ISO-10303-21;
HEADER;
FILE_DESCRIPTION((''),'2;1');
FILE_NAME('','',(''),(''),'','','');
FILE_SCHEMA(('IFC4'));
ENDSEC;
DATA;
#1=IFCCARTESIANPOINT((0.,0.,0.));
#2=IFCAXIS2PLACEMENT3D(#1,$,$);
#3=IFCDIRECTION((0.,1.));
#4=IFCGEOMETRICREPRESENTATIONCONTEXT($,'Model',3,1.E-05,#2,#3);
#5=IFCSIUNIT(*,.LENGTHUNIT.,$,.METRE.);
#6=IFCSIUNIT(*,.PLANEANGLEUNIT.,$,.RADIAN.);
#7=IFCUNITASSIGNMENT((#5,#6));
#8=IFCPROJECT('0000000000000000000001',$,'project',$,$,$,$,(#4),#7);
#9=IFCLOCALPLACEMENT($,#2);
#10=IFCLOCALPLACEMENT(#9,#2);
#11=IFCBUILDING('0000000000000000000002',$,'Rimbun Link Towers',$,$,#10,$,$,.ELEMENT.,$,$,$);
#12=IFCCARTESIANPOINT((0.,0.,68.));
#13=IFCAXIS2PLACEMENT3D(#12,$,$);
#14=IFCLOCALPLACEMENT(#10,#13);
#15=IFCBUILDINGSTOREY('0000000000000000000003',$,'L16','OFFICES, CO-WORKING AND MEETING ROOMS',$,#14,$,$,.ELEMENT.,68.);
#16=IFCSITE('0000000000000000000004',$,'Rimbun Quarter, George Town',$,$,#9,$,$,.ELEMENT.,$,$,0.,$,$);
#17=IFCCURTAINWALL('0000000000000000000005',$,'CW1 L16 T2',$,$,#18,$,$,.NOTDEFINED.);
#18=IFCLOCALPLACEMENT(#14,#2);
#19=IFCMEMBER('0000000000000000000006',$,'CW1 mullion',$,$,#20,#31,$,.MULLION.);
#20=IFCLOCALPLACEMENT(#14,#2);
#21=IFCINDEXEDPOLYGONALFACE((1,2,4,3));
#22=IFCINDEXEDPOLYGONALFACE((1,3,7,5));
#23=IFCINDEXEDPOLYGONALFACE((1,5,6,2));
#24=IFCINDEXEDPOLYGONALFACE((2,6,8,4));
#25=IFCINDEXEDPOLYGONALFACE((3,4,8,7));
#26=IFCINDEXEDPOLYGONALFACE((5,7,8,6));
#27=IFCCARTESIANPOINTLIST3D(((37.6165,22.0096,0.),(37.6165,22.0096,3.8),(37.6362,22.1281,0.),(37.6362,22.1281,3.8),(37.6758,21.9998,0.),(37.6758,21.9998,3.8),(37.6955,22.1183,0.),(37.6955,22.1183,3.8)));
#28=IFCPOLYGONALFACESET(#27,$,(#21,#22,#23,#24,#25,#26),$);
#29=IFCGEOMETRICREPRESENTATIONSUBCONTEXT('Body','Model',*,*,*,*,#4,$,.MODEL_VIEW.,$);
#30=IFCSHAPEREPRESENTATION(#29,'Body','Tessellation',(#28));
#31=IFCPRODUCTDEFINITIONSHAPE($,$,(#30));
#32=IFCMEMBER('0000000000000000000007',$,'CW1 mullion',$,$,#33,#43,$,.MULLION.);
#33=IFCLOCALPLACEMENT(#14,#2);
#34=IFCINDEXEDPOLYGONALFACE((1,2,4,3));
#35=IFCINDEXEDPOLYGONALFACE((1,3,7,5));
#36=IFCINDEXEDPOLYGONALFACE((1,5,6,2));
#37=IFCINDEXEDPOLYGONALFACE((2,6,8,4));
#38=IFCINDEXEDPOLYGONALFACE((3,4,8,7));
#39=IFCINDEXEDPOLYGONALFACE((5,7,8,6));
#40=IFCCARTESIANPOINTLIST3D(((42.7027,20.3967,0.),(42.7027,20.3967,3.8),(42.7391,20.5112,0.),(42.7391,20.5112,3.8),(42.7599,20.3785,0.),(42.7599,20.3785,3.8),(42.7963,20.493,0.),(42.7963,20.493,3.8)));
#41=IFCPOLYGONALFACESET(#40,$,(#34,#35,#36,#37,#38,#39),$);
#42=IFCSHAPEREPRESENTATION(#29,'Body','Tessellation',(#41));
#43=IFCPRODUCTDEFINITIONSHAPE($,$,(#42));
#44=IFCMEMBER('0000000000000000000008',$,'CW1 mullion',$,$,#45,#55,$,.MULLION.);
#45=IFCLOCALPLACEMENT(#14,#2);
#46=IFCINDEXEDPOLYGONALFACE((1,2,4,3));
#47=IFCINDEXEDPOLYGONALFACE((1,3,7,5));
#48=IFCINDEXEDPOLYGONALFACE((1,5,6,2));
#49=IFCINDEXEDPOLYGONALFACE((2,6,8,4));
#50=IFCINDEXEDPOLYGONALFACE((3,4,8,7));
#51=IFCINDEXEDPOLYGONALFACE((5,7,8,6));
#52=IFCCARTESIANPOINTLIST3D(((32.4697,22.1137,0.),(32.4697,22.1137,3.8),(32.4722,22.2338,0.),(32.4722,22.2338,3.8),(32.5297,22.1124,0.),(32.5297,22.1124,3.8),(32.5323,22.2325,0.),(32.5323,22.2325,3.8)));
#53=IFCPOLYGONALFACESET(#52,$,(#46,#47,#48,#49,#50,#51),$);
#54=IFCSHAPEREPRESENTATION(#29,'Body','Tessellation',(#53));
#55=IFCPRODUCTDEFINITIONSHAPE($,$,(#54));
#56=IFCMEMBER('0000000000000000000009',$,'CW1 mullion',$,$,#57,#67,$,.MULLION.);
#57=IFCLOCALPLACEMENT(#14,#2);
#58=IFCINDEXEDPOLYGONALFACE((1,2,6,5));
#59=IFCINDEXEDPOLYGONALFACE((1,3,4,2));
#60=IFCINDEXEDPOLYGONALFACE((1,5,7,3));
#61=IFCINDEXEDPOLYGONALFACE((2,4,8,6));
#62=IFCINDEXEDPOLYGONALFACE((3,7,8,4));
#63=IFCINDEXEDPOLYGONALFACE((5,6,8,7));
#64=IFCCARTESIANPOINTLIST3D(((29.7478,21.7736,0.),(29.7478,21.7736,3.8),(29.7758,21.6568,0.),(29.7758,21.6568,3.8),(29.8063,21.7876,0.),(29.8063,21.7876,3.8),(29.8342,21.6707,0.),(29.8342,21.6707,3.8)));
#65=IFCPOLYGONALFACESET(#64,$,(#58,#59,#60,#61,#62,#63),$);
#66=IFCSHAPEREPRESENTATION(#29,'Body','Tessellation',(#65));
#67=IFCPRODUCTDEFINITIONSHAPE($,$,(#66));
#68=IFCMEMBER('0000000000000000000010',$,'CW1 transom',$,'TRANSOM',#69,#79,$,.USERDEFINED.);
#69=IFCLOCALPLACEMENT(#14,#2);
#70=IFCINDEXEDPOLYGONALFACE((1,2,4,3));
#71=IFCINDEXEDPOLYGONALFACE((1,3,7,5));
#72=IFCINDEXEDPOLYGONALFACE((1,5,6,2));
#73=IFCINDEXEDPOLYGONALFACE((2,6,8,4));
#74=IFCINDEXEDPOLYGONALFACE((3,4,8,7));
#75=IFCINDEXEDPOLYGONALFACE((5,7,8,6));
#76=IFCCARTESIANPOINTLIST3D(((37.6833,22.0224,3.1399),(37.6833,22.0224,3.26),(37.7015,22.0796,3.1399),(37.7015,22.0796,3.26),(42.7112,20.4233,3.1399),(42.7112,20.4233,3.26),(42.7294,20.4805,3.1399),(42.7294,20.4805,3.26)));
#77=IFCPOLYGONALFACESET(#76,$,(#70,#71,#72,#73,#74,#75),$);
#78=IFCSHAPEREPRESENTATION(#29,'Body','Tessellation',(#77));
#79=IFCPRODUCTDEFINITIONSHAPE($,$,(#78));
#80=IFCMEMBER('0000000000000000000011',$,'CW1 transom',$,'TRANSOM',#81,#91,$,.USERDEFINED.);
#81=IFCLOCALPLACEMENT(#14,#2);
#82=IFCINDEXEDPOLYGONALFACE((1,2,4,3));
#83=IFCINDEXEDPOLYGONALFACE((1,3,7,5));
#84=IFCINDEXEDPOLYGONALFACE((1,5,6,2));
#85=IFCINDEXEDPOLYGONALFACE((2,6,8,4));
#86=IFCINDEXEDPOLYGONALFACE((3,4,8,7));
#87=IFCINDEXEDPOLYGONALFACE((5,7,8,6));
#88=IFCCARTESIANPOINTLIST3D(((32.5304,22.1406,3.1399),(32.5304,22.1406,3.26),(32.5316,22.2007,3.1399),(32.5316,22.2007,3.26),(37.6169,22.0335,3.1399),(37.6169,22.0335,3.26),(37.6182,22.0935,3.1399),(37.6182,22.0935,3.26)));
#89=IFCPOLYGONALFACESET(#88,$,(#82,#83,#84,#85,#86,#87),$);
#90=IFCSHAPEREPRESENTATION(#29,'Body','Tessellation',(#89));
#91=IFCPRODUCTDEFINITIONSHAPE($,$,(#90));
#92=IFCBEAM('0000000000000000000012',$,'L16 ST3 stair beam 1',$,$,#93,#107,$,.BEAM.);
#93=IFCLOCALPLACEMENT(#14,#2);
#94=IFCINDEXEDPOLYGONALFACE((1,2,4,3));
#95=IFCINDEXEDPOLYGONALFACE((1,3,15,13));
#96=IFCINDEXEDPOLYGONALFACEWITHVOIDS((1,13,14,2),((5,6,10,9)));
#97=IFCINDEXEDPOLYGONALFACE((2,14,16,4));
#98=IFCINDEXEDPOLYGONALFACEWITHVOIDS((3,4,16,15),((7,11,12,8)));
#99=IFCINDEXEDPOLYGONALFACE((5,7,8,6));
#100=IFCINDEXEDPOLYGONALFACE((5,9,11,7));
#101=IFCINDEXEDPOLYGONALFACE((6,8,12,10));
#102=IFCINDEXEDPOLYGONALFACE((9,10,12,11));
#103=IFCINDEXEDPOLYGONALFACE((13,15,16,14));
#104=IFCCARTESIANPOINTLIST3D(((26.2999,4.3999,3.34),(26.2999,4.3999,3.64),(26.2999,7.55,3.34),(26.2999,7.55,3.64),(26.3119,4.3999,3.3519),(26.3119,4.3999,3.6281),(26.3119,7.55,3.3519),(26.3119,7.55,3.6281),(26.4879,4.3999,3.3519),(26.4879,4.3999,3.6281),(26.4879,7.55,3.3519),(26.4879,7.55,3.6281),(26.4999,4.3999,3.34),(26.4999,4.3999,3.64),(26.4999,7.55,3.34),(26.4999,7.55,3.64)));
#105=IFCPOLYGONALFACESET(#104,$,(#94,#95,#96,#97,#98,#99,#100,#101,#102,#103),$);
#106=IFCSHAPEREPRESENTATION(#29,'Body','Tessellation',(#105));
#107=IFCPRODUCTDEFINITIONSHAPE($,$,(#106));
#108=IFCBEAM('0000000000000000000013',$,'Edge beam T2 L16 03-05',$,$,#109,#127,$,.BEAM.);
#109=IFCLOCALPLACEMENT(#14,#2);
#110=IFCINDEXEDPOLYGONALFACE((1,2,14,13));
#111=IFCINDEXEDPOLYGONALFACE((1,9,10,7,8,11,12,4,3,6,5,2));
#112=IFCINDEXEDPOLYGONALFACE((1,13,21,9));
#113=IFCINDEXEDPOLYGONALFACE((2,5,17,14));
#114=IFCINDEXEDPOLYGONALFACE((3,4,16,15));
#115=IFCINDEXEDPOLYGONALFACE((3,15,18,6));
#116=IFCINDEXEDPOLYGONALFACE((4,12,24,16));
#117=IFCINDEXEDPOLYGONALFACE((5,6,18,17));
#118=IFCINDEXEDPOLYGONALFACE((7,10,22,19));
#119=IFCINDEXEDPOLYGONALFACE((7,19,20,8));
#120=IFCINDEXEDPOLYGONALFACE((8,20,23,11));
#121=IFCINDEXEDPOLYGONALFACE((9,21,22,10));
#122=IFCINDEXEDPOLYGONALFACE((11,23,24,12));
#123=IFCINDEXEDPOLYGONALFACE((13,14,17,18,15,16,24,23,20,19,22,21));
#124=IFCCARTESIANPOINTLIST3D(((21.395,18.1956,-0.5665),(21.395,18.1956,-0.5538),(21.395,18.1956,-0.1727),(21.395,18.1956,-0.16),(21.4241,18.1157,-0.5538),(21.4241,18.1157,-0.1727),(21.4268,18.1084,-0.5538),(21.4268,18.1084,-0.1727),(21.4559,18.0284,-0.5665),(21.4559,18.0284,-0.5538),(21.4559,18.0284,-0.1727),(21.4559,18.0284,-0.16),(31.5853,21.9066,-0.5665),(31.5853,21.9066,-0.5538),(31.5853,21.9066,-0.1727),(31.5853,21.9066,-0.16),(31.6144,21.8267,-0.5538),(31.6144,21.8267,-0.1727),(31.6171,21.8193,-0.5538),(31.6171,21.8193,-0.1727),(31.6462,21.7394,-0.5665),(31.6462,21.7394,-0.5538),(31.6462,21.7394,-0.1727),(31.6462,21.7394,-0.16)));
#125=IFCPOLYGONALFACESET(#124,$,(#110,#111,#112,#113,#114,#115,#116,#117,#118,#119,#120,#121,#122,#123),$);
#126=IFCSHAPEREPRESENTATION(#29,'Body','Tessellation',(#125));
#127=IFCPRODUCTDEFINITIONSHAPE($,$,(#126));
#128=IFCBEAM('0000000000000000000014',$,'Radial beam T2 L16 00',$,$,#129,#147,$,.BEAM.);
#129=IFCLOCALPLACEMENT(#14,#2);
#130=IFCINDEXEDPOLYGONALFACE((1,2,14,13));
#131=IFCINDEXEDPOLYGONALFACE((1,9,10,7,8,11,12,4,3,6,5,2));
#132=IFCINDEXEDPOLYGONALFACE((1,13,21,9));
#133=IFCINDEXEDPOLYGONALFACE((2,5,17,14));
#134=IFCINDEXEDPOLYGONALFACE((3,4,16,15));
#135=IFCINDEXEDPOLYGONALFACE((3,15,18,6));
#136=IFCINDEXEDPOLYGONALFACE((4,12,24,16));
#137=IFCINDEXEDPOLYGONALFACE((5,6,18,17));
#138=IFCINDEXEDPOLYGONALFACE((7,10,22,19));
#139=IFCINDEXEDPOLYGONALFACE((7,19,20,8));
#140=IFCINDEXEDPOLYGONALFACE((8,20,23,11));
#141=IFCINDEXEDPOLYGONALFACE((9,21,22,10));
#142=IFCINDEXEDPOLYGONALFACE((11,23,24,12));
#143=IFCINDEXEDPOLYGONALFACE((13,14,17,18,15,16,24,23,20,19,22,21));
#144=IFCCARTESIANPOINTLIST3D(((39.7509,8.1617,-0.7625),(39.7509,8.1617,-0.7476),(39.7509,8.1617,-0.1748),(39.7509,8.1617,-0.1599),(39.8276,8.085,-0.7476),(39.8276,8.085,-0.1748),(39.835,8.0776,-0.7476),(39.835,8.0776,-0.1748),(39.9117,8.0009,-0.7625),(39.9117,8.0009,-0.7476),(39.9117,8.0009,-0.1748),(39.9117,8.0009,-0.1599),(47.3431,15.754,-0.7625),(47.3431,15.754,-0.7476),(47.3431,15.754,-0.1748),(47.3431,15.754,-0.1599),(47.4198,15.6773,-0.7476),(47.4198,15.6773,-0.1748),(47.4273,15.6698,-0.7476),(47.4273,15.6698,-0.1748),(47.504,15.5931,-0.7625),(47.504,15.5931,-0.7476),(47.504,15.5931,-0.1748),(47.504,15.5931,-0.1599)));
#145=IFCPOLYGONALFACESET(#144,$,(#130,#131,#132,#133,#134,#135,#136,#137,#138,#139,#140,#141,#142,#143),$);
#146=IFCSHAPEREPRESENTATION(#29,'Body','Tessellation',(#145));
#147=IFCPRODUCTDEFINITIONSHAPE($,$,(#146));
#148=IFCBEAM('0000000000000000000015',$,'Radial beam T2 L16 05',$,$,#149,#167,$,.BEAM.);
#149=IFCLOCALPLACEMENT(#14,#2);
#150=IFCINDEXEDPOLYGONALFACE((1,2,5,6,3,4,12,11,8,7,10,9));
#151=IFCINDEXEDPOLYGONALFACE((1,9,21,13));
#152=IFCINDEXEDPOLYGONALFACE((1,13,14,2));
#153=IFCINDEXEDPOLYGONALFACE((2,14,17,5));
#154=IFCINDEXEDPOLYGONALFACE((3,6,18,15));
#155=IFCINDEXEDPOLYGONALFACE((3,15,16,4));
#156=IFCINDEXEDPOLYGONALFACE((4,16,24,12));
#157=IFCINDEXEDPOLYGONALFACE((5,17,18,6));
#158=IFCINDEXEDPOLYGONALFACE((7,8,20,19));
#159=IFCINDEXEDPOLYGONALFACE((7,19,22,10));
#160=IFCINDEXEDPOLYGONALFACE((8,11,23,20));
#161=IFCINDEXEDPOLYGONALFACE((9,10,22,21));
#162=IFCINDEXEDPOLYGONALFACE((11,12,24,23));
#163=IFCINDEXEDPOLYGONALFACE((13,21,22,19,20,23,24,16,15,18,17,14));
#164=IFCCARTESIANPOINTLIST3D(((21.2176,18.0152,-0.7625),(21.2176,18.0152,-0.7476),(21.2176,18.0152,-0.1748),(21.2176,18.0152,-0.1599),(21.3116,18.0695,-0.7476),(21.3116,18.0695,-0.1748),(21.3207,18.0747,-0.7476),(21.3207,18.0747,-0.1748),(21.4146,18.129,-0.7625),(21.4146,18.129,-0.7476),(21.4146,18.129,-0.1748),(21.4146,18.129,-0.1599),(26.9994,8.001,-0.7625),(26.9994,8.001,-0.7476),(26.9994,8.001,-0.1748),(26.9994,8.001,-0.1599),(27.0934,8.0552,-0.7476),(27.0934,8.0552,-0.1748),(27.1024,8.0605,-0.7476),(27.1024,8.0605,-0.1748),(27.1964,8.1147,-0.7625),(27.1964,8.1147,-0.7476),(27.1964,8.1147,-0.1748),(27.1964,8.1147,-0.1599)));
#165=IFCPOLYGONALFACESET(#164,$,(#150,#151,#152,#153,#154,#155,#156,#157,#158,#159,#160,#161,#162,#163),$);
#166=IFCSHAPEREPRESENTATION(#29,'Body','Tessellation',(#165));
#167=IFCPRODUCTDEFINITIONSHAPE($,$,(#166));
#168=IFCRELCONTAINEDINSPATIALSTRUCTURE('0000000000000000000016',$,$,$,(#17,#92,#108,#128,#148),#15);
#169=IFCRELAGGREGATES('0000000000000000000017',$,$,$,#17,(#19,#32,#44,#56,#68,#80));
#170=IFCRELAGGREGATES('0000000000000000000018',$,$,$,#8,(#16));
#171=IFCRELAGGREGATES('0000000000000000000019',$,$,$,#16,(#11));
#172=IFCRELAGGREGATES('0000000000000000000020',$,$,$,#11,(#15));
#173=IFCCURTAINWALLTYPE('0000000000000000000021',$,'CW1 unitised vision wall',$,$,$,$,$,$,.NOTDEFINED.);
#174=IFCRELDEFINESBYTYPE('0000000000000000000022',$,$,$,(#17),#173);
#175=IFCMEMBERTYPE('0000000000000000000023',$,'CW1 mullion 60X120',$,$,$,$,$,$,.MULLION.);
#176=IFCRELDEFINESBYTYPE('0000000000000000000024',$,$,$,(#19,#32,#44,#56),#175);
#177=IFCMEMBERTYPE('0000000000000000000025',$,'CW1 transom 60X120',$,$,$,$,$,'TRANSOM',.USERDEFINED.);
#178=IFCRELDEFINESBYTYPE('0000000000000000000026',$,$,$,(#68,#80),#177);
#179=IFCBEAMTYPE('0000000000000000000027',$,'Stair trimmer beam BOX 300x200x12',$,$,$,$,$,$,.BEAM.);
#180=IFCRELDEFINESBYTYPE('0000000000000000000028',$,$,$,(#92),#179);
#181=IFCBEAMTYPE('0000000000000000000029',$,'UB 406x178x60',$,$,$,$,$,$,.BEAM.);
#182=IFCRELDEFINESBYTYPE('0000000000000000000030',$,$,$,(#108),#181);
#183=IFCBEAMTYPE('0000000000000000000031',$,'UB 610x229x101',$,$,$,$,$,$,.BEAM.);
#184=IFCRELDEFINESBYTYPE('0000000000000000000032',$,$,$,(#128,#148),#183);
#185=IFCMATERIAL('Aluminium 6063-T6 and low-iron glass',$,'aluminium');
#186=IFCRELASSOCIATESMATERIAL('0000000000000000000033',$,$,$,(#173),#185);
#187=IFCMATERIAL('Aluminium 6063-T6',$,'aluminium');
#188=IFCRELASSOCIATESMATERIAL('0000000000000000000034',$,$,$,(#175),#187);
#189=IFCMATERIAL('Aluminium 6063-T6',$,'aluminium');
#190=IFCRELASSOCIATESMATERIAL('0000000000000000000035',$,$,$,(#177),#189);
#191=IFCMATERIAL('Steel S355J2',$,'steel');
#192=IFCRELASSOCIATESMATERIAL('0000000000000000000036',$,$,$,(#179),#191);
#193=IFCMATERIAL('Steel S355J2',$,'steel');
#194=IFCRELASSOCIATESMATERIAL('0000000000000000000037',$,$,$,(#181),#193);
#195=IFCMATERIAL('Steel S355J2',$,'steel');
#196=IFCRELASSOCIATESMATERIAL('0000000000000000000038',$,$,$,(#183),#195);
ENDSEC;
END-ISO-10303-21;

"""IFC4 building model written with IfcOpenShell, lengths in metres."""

from ifc_helpers import new_model, si_unit, direction, frame, origin, origin_2d, place, context, subcontext, project, spatial, rectangle, hollow_rectangle, i_section, extrude, material, material_profile, profile_set, type_object, element, aggregate, save


model = new_model("IFC4")

# Units and contexts
model_context = context("Model", 3, precision=1e-05, world=origin(), true_north=direction((0.0, 1.0)))
body_context = subcontext(model_context, "Body", "Model", "MODEL_VIEW")
ifc_project = project(units=[si_unit("LENGTHUNIT", "METRE"), si_unit("PLANEANGLEUNIT", "RADIAN")], contexts=[model_context])

# Site, building, storey
site_placement = place(None, origin())
site = spatial("IfcSite", under=ifc_project, at=site_placement, Name="Rimbun Quarter, George Town", CompositionType="ELEMENT", RefElevation=0.0)
building_placement = place(site_placement, origin())
building = spatial("IfcBuilding", under=site, at=building_placement, Name="Rimbun Link Towers", CompositionType="ELEMENT")
storey_placement = place(building_placement, frame((0.0, 0.0, 68.0)))
storey = spatial("IfcBuildingStorey", under=building, at=storey_placement, Name="L16", Description="OFFICES, CO-WORKING AND MEETING ROOMS", CompositionType="ELEMENT", Elevation=68.0)

# Curtain wall, members
ifc_material_1 = material(Name="Aluminium 6063-T6 and low-iron glass", Category="aluminium")
curtain_wall_type = type_object("IfcCurtainWallType", Name="CW1 unitised vision wall", PredefinedType="NOTDEFINED", material=ifc_material_1)
curtain_wall_placement = place(storey_placement, origin())
curtain_wall = element("IfcCurtainWall", 1, at=curtain_wall_placement, inside=storey, type_object=curtain_wall_type, Name="CW1 L16 T2", PredefinedType="NOTDEFINED")
ifc_material_2 = material(Name="Aluminium 6063-T6", Category="aluminium")
ifc_material_profile_1 = material_profile(ifc_material_2, rectangle(XDim=0.1201, YDim=0.0601, at=origin_2d()), Name="MULLION 60X120")
ifc_profile_set_1 = profile_set([ifc_material_profile_1], Name="Aluminium 6063-T6")
member_type_1 = type_object("IfcMemberType", Name="CW1 mullion 60X120", PredefinedType="MULLION", material=ifc_profile_set_1)
member_1_placement = place(storey_placement, frame((37.656, 22.064, 0.0), z_axis=(0.0, 0.0, 1.0), x_axis=(0.163744, 0.986503, 0.0)))
member_1 = element("IfcMember", 2, at=member_1_placement, type_object=member_type_1, Name="CW1 mullion", PredefinedType="MULLION", context=body_context, shape_type="SweptSolid", body=[
    extrude(rectangle(XDim=0.1201, YDim=0.0601, at=origin_2d()), origin(), (0.0, 0.0, 1.0), 3.8),
])
member_2_placement = place(storey_placement, frame((42.7495, 20.4448, 0.0), z_axis=(0.0, 0.0, 1.0), x_axis=(0.303066, 0.95297, 0.0)))
member_2 = element("IfcMember", 3, at=member_2_placement, type_object=member_type_1, Name="CW1 mullion", PredefinedType="MULLION", context=body_context, shape_type="SweptSolid", body=[
    extrude(rectangle(XDim=0.1201, YDim=0.0601, at=origin_2d()), origin(), (0.0, 0.0, 1.0), 3.8),
])
member_3_placement = place(storey_placement, frame((32.501, 22.1731, 0.0), z_axis=(0.0, 0.0, 1.0), x_axis=(0.02106, 0.999778, 0.0)))
member_3 = element("IfcMember", 4, at=member_3_placement, type_object=member_type_1, Name="CW1 mullion", PredefinedType="MULLION", context=body_context, shape_type="SweptSolid", body=[
    extrude(rectangle(XDim=0.1201, YDim=0.0601, at=origin_2d()), origin(), (0.0, 0.0, 1.0), 3.8),
])
member_4_placement = place(storey_placement, frame((29.791, 21.7222, 0.0), z_axis=(0.0, 0.0, 1.0), x_axis=(-0.232601, 0.972572, 0.0)))
member_4 = element("IfcMember", 5, at=member_4_placement, type_object=member_type_1, Name="CW1 mullion", PredefinedType="MULLION", context=body_context, shape_type="SweptSolid", body=[
    extrude(rectangle(XDim=0.1201, YDim=0.0601, at=origin_2d()), origin(), (0.0, 0.0, 1.0), 3.8),
])
ifc_material_3 = material(Name="Aluminium 6063-T6", Category="aluminium")
ifc_material_profile_2 = material_profile(ifc_material_3, rectangle(XDim=0.0601, YDim=0.1201, at=origin_2d()), Name="TRANSOM 60X120")
ifc_profile_set_2 = profile_set([ifc_material_profile_2], Name="Aluminium 6063-T6")
member_type_2 = type_object("IfcMemberType", Name="CW1 transom 60X120", ElementType="TRANSOM", PredefinedType="USERDEFINED", material=ifc_profile_set_2)
member_5_placement = place(storey_placement, frame((37.6924, 22.051, 3.2), z_axis=(0.952961, -0.303093, 0.0), x_axis=(0.303093, 0.952961, 0.0)))
member_5 = element("IfcMember", 6, at=member_5_placement, type_object=member_type_2, Name="CW1 transom", ObjectType="TRANSOM", PredefinedType="USERDEFINED", context=body_context, shape_type="SweptSolid", body=[
    extrude(rectangle(XDim=0.0601, YDim=0.1201, at=origin_2d()), origin(), (0.0, 0.0, 1.0), 5.2761),
])
member_6_placement = place(storey_placement, frame((32.531, 22.1707, 3.2), z_axis=(0.999778, -0.021067, 0.0), x_axis=(0.021067, 0.999778, 0.0)))
member_6 = element("IfcMember", 7, at=member_6_placement, type_object=member_type_2, Name="CW1 transom", ObjectType="TRANSOM", PredefinedType="USERDEFINED", context=body_context, shape_type="SweptSolid", body=[
    extrude(rectangle(XDim=0.0601, YDim=0.1201, at=origin_2d()), origin(), (0.0, 0.0, 1.0), 5.0876),
])

# Beams
ifc_material_4 = material(Name="Steel S355J2", Category="steel")
ifc_material_profile_3 = material_profile(ifc_material_4, hollow_rectangle(XDim=0.2, YDim=0.3, WallThickness=0.012, at=origin_2d()), Name="BOX 300x200x12")
ifc_profile_set_3 = profile_set([ifc_material_profile_3], Name="Steel S355J2")
beam_type_1 = type_object("IfcBeamType", Name="Stair trimmer beam BOX 300x200x12", PredefinedType="BEAM", material=ifc_profile_set_3)
beam_1_placement = place(storey_placement, frame((26.3999, 7.55, 3.49), z_axis=(0.0, -1.0, 0.0), x_axis=(1.0, 0.0, 0.0)))
element("IfcBeam", 8, at=beam_1_placement, inside=storey, type_object=beam_type_1, Name="L16 ST3 stair beam 1", PredefinedType="BEAM", context=body_context, shape_type="SweptSolid", body=[
    extrude(hollow_rectangle(XDim=0.2, YDim=0.3, WallThickness=0.012, at=origin_2d()), origin(), (0.0, 0.0, 1.0), 3.1501),
])
ifc_material_5 = material(Name="Steel S355J2", Category="steel")
ifc_material_profile_4 = material_profile(ifc_material_5, i_section(OverallWidth=0.178, OverallDepth=0.4065, WebThickness=0.0078, FlangeThickness=0.0127, at=origin_2d()), Name="UB 406x178x60")
ifc_profile_set_4 = profile_set([ifc_material_profile_4], Name="Steel S355J2")
beam_type_2 = type_object("IfcBeamType", Name="UB 406x178x60", PredefinedType="BEAM", material=ifc_profile_set_4)
beam_2_placement = place(storey_placement, frame((31.6157, 21.823, -0.3633), z_axis=(-0.939633, -0.342184, 0.0), x_axis=(0.342184, -0.939633, 0.0)))
element("IfcBeam", 9, at=beam_2_placement, inside=storey, type_object=beam_type_2, Name="Edge beam T2 L16 03-05", PredefinedType="BEAM", context=body_context, shape_type="SweptSolid", body=[
    extrude(i_section(OverallWidth=0.178, OverallDepth=0.4065, WebThickness=0.0078, FlangeThickness=0.0127, at=origin_2d()), origin(), (0.0, 0.0, 1.0), 10.845),
])
ifc_material_6 = material(Name="Steel S355J2", Category="steel")
ifc_material_profile_5 = material_profile(ifc_material_6, i_section(OverallWidth=0.2275, OverallDepth=0.6025, WebThickness=0.0105, FlangeThickness=0.0149, at=origin_2d()), Name="UB 610x229x101")
ifc_profile_set_5 = profile_set([ifc_material_profile_5], Name="Steel S355J2")
beam_type_3 = type_object("IfcBeamType", Name="UB 610x229x101", PredefinedType="BEAM", material=ifc_profile_set_5)
beam_3_placement = place(storey_placement, frame((39.8313, 8.0813, -0.4612), z_axis=(0.707107, 0.707107, 0.0), x_axis=(-0.707107, 0.707107, 0.0)))
element("IfcBeam", 10, at=beam_3_placement, inside=storey, type_object=beam_type_3, Name="Radial beam T2 L16 00", PredefinedType="BEAM", context=body_context, shape_type="SweptSolid", body=[
    extrude(i_section(OverallWidth=0.2275, OverallDepth=0.6025, WebThickness=0.0105, FlangeThickness=0.0149, at=origin_2d()), origin(), (0.0, 0.0, 1.0), 10.7371),
])
beam_4_placement = place(storey_placement, frame((27.0979, 8.0579, -0.4612), z_axis=(-0.500004, 0.866023, 0.0), x_axis=(-0.866023, -0.500004, 0.0)))
element("IfcBeam", 11, at=beam_4_placement, inside=storey, type_object=beam_type_3, Name="Radial beam T2 L16 05", PredefinedType="BEAM", context=body_context, shape_type="SweptSolid", body=[
    extrude(i_section(OverallWidth=0.2275, OverallDepth=0.6025, WebThickness=0.0105, FlangeThickness=0.0149, at=origin_2d()), origin(), (0.0, 0.0, 1.0), 11.5635),
])

aggregate(curtain_wall, [member_1, member_2, member_3, member_4, member_5, member_6])

save(model, "model.ifc")
